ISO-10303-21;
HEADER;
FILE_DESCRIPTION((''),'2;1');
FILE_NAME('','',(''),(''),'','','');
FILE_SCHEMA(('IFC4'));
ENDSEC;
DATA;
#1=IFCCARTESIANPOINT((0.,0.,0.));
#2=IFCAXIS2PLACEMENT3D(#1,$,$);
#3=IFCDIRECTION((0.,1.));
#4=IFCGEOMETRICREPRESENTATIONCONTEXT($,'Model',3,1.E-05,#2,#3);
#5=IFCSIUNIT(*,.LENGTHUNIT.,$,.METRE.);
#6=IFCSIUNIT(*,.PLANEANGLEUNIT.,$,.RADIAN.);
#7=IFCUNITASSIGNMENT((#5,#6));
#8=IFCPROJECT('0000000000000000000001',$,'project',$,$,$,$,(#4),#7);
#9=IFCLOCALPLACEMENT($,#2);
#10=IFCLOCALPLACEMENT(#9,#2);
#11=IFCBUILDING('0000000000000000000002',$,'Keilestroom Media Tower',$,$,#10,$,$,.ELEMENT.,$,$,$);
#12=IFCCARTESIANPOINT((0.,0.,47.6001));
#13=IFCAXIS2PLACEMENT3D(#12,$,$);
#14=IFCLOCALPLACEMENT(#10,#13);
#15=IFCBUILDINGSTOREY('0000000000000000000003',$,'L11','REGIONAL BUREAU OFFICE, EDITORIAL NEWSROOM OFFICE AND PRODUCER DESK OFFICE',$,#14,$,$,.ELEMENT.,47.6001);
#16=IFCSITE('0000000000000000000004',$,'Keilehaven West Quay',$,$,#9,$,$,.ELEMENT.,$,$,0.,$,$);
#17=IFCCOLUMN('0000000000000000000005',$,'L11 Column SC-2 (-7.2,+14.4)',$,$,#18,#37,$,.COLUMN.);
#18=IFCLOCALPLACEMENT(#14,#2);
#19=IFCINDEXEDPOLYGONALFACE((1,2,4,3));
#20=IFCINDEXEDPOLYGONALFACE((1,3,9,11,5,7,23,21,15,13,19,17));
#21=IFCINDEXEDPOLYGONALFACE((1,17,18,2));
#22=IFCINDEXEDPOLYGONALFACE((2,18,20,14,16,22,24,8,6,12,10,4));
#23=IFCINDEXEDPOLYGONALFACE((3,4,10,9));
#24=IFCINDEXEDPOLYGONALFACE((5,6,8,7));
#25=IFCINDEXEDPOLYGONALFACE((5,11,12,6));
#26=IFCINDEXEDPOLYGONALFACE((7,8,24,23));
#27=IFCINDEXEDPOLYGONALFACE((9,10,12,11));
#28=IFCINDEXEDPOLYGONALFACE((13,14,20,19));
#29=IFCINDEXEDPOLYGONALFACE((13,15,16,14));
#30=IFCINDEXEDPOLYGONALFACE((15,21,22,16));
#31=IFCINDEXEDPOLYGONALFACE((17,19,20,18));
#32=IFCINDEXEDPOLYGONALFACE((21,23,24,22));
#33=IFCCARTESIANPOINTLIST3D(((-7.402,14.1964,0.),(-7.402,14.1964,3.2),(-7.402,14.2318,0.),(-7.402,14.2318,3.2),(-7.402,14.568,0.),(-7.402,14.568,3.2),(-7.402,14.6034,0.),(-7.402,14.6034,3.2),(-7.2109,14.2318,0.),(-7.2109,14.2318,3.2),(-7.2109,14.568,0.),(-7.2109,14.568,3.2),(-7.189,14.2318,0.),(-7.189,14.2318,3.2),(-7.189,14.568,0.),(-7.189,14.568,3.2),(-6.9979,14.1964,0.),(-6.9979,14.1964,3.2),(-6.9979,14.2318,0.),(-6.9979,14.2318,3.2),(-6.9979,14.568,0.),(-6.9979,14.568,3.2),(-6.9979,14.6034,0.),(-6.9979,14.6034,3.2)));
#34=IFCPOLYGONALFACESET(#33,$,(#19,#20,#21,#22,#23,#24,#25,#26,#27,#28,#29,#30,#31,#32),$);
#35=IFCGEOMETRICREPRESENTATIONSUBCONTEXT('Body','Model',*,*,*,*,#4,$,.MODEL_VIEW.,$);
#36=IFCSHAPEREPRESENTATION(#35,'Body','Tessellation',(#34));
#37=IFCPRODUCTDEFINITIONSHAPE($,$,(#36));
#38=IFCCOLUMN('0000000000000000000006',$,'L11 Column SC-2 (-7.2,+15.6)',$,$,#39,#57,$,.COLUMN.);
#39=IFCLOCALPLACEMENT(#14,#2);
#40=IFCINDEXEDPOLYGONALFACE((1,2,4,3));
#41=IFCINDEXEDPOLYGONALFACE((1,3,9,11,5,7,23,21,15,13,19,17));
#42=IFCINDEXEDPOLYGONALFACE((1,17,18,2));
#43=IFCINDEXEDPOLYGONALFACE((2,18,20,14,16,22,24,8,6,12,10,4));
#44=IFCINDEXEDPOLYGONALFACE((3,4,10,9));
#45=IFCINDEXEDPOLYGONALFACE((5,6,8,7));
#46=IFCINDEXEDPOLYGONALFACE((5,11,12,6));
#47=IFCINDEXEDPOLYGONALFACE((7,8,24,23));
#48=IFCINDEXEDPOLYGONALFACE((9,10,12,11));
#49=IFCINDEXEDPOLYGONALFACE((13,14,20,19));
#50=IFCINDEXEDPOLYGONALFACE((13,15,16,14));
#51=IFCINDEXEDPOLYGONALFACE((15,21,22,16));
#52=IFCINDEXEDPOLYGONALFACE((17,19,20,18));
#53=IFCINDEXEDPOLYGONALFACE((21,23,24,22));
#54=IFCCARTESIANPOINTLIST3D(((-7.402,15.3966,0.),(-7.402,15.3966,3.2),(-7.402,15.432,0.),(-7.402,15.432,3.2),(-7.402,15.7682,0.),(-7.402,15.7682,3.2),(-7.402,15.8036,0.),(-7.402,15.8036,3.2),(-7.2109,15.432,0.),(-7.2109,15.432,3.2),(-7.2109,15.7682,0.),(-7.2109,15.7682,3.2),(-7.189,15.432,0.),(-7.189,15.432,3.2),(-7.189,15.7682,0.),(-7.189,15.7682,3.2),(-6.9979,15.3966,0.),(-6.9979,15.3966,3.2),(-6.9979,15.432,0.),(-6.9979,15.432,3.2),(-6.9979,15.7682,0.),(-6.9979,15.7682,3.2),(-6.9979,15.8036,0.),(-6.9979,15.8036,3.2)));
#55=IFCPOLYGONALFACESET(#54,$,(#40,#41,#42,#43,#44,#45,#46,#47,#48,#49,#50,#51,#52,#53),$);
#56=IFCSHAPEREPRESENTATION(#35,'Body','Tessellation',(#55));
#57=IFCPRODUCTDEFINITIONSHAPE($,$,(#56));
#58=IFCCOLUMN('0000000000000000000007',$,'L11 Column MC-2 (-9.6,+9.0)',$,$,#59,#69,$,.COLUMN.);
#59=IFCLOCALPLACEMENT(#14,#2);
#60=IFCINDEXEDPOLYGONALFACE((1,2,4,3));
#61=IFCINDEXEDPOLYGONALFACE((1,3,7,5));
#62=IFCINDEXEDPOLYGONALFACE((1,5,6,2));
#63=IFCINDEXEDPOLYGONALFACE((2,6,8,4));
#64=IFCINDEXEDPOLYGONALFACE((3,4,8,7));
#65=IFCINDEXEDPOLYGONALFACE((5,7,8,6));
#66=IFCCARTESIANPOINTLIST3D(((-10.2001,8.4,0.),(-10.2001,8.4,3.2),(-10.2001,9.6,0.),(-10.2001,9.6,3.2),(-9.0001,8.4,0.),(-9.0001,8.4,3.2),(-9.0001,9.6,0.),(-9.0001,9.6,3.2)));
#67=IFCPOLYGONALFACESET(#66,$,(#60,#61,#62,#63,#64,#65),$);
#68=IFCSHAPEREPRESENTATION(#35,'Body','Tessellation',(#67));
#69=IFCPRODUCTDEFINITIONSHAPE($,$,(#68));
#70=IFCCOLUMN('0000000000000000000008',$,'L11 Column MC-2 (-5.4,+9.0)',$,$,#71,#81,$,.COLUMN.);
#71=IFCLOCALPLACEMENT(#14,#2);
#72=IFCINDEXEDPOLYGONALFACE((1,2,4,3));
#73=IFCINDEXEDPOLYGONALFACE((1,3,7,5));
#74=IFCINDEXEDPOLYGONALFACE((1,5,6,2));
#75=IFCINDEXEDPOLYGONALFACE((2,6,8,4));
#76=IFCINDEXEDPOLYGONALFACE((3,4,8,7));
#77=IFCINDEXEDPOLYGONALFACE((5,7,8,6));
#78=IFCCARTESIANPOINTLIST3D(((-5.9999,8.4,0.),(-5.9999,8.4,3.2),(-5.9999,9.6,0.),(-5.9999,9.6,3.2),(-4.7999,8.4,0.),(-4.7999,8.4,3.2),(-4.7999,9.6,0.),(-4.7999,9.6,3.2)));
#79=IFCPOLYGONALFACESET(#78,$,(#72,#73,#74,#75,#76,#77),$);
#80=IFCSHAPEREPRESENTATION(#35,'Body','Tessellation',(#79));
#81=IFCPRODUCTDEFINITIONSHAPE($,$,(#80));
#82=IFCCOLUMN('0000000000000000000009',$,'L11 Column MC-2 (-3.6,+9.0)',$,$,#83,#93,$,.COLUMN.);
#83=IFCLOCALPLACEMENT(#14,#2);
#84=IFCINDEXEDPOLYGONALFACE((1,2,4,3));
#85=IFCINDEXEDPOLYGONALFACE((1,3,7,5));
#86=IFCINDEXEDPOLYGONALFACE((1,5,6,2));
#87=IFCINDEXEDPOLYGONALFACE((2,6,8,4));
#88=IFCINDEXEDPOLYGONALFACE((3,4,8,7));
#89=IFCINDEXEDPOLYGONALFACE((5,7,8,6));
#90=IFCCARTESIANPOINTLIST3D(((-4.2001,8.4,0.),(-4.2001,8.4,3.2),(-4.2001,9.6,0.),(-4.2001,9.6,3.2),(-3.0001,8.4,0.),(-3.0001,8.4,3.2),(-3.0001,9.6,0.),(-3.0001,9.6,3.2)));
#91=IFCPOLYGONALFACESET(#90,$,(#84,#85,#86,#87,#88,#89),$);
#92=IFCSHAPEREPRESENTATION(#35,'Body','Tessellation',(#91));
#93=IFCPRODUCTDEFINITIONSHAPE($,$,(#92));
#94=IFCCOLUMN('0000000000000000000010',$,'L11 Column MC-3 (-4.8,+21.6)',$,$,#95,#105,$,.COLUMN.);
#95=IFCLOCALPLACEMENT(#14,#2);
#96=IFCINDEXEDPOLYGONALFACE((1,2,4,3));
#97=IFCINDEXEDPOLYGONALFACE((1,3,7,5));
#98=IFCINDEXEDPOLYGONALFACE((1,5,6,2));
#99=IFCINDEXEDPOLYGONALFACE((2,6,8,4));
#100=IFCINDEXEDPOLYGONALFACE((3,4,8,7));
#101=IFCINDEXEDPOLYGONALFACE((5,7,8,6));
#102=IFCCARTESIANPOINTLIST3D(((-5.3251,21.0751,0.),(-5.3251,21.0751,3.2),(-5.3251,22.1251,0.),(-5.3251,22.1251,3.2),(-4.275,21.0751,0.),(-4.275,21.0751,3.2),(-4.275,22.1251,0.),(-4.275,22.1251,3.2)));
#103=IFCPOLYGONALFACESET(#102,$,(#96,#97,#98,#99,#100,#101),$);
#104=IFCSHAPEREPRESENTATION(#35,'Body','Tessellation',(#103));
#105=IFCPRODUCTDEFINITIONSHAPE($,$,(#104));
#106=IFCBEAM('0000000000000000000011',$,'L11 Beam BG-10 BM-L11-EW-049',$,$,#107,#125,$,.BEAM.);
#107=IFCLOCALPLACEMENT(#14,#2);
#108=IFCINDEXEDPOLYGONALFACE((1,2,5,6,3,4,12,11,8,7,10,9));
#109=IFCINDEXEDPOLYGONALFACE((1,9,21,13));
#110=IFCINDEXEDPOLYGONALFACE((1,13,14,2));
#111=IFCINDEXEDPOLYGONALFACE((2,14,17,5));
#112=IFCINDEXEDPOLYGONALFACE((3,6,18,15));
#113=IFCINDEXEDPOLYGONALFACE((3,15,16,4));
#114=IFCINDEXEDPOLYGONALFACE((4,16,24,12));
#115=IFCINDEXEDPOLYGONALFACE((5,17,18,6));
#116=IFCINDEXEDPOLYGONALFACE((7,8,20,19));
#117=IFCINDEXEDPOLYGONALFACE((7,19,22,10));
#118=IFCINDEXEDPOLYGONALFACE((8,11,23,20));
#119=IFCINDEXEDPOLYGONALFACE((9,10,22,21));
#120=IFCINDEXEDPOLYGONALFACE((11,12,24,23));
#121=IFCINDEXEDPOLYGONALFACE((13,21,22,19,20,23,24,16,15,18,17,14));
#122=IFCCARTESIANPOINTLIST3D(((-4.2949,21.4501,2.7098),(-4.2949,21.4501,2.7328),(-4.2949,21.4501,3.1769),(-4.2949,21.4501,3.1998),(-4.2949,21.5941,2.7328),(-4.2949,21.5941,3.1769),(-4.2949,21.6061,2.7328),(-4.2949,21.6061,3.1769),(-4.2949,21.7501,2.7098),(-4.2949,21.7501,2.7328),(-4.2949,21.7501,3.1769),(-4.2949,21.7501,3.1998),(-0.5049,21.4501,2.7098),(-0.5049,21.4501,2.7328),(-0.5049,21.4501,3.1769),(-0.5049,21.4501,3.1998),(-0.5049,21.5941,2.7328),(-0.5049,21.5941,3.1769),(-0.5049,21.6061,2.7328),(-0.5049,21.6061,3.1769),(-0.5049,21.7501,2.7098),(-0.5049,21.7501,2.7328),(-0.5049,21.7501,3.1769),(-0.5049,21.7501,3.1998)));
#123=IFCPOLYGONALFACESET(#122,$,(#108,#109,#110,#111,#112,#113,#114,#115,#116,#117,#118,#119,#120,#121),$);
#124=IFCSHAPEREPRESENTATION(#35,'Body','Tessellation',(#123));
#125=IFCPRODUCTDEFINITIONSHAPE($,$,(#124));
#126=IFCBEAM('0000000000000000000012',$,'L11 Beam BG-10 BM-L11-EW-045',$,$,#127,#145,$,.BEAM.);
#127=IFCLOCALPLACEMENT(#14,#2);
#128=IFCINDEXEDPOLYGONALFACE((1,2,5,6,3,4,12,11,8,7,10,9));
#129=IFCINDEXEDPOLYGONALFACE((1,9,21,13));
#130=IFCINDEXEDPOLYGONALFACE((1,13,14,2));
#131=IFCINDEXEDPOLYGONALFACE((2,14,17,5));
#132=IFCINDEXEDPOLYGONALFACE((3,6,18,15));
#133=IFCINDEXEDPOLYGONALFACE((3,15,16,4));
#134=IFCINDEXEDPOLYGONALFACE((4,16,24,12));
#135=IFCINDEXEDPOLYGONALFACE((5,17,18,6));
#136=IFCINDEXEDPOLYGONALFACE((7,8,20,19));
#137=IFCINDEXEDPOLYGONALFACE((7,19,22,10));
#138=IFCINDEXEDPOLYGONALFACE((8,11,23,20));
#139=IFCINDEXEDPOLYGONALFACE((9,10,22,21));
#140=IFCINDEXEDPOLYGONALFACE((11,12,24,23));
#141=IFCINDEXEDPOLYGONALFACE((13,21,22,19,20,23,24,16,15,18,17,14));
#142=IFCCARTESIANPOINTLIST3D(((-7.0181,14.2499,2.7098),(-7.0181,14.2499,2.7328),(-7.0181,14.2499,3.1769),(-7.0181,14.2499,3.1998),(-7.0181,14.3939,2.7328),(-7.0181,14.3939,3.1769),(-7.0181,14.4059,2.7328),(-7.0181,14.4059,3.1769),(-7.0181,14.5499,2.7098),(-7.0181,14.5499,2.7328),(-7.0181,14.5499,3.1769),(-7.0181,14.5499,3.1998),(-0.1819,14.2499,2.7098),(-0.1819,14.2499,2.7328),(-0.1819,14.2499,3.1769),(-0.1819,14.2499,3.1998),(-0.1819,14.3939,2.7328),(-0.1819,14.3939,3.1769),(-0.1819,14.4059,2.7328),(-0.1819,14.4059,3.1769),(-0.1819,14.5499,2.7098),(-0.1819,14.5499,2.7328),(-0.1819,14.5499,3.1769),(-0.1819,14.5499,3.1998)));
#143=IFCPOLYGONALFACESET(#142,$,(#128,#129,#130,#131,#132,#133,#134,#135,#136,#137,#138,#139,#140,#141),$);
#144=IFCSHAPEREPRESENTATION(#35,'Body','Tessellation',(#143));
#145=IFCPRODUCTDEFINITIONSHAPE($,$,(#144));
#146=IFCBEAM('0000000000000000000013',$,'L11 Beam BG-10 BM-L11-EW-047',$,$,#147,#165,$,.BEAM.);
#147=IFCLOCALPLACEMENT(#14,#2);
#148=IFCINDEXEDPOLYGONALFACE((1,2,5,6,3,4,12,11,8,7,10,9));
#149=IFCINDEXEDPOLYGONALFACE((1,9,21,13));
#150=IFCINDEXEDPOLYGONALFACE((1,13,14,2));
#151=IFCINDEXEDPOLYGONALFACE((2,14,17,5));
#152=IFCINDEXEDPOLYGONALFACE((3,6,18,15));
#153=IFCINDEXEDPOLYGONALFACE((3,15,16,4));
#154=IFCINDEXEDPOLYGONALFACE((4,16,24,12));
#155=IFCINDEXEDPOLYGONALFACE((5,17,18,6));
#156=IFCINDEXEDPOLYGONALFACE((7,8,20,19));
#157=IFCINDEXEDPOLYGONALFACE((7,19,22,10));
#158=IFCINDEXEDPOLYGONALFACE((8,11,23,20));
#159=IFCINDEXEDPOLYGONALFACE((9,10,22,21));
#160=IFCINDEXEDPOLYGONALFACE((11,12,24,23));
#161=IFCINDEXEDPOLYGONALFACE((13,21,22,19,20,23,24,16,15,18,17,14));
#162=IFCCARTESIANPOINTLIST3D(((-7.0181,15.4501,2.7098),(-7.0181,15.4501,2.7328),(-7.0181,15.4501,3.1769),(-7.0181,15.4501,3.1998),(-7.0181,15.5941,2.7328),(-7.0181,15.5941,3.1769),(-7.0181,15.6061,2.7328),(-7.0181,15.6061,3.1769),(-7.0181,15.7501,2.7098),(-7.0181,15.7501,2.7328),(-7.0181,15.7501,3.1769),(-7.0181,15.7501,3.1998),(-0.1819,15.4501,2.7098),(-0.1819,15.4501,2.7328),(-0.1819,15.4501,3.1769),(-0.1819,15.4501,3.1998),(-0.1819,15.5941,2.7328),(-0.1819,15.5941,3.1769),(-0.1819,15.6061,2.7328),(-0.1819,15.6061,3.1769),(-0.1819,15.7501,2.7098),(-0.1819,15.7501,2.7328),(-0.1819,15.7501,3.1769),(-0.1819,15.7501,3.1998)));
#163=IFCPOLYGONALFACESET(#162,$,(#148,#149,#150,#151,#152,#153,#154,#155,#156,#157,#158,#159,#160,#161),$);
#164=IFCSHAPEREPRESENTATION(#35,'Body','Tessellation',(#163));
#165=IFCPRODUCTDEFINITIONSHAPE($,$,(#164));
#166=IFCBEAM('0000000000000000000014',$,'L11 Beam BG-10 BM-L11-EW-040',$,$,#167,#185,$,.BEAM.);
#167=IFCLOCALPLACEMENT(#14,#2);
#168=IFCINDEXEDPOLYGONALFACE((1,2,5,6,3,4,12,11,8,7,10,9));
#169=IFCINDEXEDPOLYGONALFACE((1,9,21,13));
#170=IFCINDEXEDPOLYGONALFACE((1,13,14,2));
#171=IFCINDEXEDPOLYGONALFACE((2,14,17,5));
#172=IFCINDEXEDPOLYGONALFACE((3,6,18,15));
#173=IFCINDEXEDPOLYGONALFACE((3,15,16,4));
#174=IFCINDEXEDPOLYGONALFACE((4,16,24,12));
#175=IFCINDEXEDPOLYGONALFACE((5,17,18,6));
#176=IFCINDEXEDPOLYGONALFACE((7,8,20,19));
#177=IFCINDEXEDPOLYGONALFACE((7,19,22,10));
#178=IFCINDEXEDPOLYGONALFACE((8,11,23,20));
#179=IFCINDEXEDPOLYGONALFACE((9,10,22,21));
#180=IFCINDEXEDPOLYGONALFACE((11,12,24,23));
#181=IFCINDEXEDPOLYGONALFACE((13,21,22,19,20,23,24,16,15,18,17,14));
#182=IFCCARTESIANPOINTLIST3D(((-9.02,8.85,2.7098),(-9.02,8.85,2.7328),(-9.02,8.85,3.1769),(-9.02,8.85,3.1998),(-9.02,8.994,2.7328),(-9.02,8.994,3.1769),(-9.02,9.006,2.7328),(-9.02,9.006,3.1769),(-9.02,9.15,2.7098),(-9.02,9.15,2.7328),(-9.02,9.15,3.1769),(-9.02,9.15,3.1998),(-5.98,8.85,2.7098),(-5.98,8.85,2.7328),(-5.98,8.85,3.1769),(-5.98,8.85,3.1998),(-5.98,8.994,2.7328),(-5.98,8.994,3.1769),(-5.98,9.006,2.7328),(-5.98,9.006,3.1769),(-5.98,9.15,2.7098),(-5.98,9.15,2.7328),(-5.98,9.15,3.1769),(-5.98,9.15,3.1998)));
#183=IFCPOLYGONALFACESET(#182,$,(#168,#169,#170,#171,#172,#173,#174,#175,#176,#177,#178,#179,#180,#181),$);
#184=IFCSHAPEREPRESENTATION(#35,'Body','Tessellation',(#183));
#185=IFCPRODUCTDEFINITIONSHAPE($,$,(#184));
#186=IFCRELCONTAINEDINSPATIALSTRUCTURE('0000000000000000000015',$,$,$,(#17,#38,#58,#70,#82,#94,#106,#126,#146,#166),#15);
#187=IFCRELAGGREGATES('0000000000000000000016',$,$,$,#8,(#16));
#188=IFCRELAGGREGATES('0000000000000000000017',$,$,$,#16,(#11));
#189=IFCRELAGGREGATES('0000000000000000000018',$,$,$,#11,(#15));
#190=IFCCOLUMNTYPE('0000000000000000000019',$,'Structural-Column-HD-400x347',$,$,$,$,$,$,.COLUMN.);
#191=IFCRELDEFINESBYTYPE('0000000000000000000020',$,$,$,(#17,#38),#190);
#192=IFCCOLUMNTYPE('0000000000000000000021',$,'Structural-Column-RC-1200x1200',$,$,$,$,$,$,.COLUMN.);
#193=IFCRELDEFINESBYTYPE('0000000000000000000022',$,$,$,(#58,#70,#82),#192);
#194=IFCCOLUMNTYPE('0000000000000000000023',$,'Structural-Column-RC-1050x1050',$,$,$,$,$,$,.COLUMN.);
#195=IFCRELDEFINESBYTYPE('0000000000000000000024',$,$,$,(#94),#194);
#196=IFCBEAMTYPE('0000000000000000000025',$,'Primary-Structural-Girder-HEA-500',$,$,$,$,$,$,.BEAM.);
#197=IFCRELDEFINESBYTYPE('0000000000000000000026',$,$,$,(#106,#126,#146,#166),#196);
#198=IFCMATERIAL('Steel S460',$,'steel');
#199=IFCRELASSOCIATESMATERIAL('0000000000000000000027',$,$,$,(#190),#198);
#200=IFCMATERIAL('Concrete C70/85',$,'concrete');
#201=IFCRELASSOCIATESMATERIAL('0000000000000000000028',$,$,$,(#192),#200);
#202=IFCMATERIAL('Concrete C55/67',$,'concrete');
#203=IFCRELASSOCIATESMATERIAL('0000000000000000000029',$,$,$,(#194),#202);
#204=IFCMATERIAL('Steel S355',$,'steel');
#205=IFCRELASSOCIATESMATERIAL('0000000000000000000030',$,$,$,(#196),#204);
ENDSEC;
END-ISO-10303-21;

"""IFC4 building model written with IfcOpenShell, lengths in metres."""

from ifc_helpers import new_model, si_unit, direction, frame, origin, origin_2d, place, context, subcontext, project, spatial, rectangle, i_section, extrude, source, transform, mapped, material, material_profile, profile_set, type_object, element, save


model = new_model("IFC4")

# Units and contexts
model_context = context("Model", 3, precision=1e-05, world=origin(), true_north=direction((0.0, 1.0)))
body_context = subcontext(model_context, "Body", "Model", "MODEL_VIEW")
ifc_project = project(units=[si_unit("LENGTHUNIT", "METRE"), si_unit("PLANEANGLEUNIT", "RADIAN")], contexts=[model_context])

# Site, building, storey
site_placement = place(None, origin())
site = spatial("IfcSite", under=ifc_project, at=site_placement, Name="Keilehaven West Quay", CompositionType="ELEMENT", RefElevation=0.0)
building_placement = place(site_placement, origin())
building = spatial("IfcBuilding", under=site, at=building_placement, Name="Keilestroom Media Tower", CompositionType="ELEMENT")
storey_placement = place(building_placement, frame((0.0, 0.0, 47.6001)))
storey = spatial("IfcBuildingStorey", under=building, at=storey_placement, Name="L11", Description="REGIONAL BUREAU OFFICE, EDITORIAL NEWSROOM OFFICE AND PRODUCER DESK OFFICE", CompositionType="ELEMENT", Elevation=47.6001)

# Columns
ifc_material_1 = material(Name="Steel S460", Category="steel")
ifc_material_profile_1 = material_profile(ifc_material_1, i_section(OverallWidth=0.4041, OverallDepth=0.407, WebThickness=0.022, FlangeThickness=0.0354, at=origin_2d()), Name="HD 400x347")
ifc_profile_set_1 = profile_set([ifc_material_profile_1], Name="Steel S460")
column_type_1 = type_object("IfcColumnType", Name="Structural-Column-HD-400x347", PredefinedType="COLUMN", material=ifc_profile_set_1)
shared_shape_1 = source(origin(), body_context, "Body", "SweptSolid", [
    extrude(i_section(OverallWidth=0.4041, OverallDepth=0.407, WebThickness=0.022, FlangeThickness=0.0354, at=origin_2d()), origin(), (0.0, 0.0, 1.0), 3.2),
])
for number, where, z_axis, x_axis, name in (
    (1, (-7.2, 14.3999, 0.0), (0.0, 0.0, 1.0), (1.0, 0.0, 0.0), "L11 Column SC-2 (-7.2,+14.4)"),
    (2, (-7.2, 15.6001, 0.0), (0.0, 0.0, 1.0), (1.0, 0.0, 0.0), "L11 Column SC-2 (-7.2,+15.6)"),
):
    element("IfcColumn", number, at=place(storey_placement, frame(where, z_axis=z_axis, x_axis=x_axis)), inside=storey, type_object=column_type_1, Name=name, PredefinedType="COLUMN", context=body_context, shape_type="MappedRepresentation", body=[
        mapped(shared_shape_1, transform((0.0, 0.0, 0.0), x_axis=(1.0, 0.0, 0.0), y_axis=(0.0, 1.0, 0.0), z_axis=(0.0, 0.0, 1.0), scale=1.0)),
    ])
ifc_material_2 = material(Name="Concrete C70/85", Category="concrete")
ifc_material_profile_2 = material_profile(ifc_material_2, rectangle(XDim=1.2, YDim=1.2, at=origin_2d()), Name="RC 1200x1200")
ifc_profile_set_2 = profile_set([ifc_material_profile_2], Name="Concrete C70/85")
column_type_2 = type_object("IfcColumnType", Name="Structural-Column-RC-1200x1200", PredefinedType="COLUMN", material=ifc_profile_set_2)
shared_shape_2 = source(origin(), body_context, "Body", "SweptSolid", [
    extrude(rectangle(XDim=1.2, YDim=1.2, at=origin_2d()), origin(), (0.0, 0.0, 1.0), 3.2),
])
for number, where, z_axis, x_axis, name in (
    (3, (-9.6001, 9.0, 0.0), (0.0, 0.0, 1.0), (1.0, 0.0, 0.0), "L11 Column MC-2 (-9.6,+9.0)"),
    (4, (-5.3999, 9.0, 0.0), (0.0, 0.0, 1.0), (1.0, 0.0, 0.0), "L11 Column MC-2 (-5.4,+9.0)"),
    (5, (-3.6001, 9.0, 0.0), (0.0, 0.0, 1.0), (1.0, 0.0, 0.0), "L11 Column MC-2 (-3.6,+9.0)"),
):
    element("IfcColumn", number, at=place(storey_placement, frame(where, z_axis=z_axis, x_axis=x_axis)), inside=storey, type_object=column_type_2, Name=name, PredefinedType="COLUMN", context=body_context, shape_type="MappedRepresentation", body=[
        mapped(shared_shape_2, transform((0.0, 0.0, 0.0), x_axis=(1.0, 0.0, 0.0), y_axis=(0.0, 1.0, 0.0), z_axis=(0.0, 0.0, 1.0), scale=1.0)),
    ])
ifc_material_3 = material(Name="Concrete C55/67", Category="concrete")
ifc_material_profile_3 = material_profile(ifc_material_3, rectangle(XDim=1.05, YDim=1.05, at=origin_2d()), Name="RC 1050x1050")
ifc_profile_set_3 = profile_set([ifc_material_profile_3], Name="Concrete C55/67")
column_type_3 = type_object("IfcColumnType", Name="Structural-Column-RC-1050x1050", PredefinedType="COLUMN", material=ifc_profile_set_3)
shared_shape_3 = source(origin(), body_context, "Body", "SweptSolid", [
    extrude(rectangle(XDim=1.05, YDim=1.05, at=origin_2d()), origin(), (0.0, 0.0, 1.0), 3.2),
])
column_placement = place(storey_placement, frame((-4.8, 21.6001, 0.0), z_axis=(0.0, 0.0, 1.0), x_axis=(1.0, 0.0, 0.0)))
element("IfcColumn", 6, at=column_placement, inside=storey, type_object=column_type_3, Name="L11 Column MC-3 (-4.8,+21.6)", PredefinedType="COLUMN", context=body_context, shape_type="MappedRepresentation", body=[
    mapped(shared_shape_3, transform((0.0, 0.0, 0.0), x_axis=(1.0, 0.0, 0.0), y_axis=(0.0, 1.0, 0.0), z_axis=(0.0, 0.0, 1.0), scale=1.0)),
])

# Beams
ifc_material_4 = material(Name="Steel S355", Category="steel")
ifc_material_profile_4 = material_profile(ifc_material_4, i_section(OverallWidth=0.3, OverallDepth=0.49, WebThickness=0.012, FlangeThickness=0.0229, at=origin_2d()), Name="HEA 500")
ifc_profile_set_4 = profile_set([ifc_material_profile_4], Name="Steel S355")
beam_type = type_object("IfcBeamType", Name="Primary-Structural-Girder-HEA-500", PredefinedType="BEAM", material=ifc_profile_set_4)
shared_shape_4 = source(origin(), body_context, "Body", "SweptSolid", [
    extrude(i_section(OverallWidth=0.3, OverallDepth=0.49, WebThickness=0.012, FlangeThickness=0.0229, at=origin_2d()), origin(), (0.0, 0.0, 1.0), 3.79),
])
beam_1_placement = place(storey_placement, frame((-4.2949, 21.6001, 2.9548), z_axis=(1.0, 0.0, 0.0), x_axis=(0.0, 1.0, 0.0)))
element("IfcBeam", 7, at=beam_1_placement, inside=storey, type_object=beam_type, Name="L11 Beam BG-10 BM-L11-EW-049", PredefinedType="BEAM", context=body_context, shape_type="MappedRepresentation", body=[
    mapped(shared_shape_4, transform((0.0, 0.0, 0.0), x_axis=(1.0, 0.0, 0.0), y_axis=(0.0, 1.0, 0.0), z_axis=(0.0, 0.0, 1.0), scale=1.0)),
])
shared_shape_5 = source(origin(), body_context, "Body", "SweptSolid", [
    extrude(i_section(OverallWidth=0.3, OverallDepth=0.49, WebThickness=0.012, FlangeThickness=0.0229, at=origin_2d()), origin(), (0.0, 0.0, 1.0), 6.8362),
])
for number, where, z_axis, x_axis, name in (
    (8, (-7.0181, 14.3999, 2.9548), (1.0, 0.0, 0.0), (0.0, 1.0, 0.0), "L11 Beam BG-10 BM-L11-EW-045"),
    (9, (-7.0181, 15.6001, 2.9548), (1.0, 0.0, 0.0), (0.0, 1.0, 0.0), "L11 Beam BG-10 BM-L11-EW-047"),
):
    element("IfcBeam", number, at=place(storey_placement, frame(where, z_axis=z_axis, x_axis=x_axis)), inside=storey, type_object=beam_type, Name=name, PredefinedType="BEAM", context=body_context, shape_type="MappedRepresentation", body=[
        mapped(shared_shape_5, transform((0.0, 0.0, 0.0), x_axis=(1.0, 0.0, 0.0), y_axis=(0.0, 1.0, 0.0), z_axis=(0.0, 0.0, 1.0), scale=1.0)),
    ])
shared_shape_6 = source(origin(), body_context, "Body", "SweptSolid", [
    extrude(i_section(OverallWidth=0.3, OverallDepth=0.49, WebThickness=0.012, FlangeThickness=0.0229, at=origin_2d()), origin(), (0.0, 0.0, 1.0), 3.04),
])
beam_2_placement = place(storey_placement, frame((-9.02, 9.0, 2.9548), z_axis=(1.0, 0.0, 0.0), x_axis=(0.0, 1.0, 0.0)))
element("IfcBeam", 10, at=beam_2_placement, inside=storey, type_object=beam_type, Name="L11 Beam BG-10 BM-L11-EW-040", PredefinedType="BEAM", context=body_context, shape_type="MappedRepresentation", body=[
    mapped(shared_shape_6, transform((0.0, 0.0, 0.0), x_axis=(1.0, 0.0, 0.0), y_axis=(0.0, 1.0, 0.0), z_axis=(0.0, 0.0, 1.0), scale=1.0)),
])

save(model, "model.ifc")
